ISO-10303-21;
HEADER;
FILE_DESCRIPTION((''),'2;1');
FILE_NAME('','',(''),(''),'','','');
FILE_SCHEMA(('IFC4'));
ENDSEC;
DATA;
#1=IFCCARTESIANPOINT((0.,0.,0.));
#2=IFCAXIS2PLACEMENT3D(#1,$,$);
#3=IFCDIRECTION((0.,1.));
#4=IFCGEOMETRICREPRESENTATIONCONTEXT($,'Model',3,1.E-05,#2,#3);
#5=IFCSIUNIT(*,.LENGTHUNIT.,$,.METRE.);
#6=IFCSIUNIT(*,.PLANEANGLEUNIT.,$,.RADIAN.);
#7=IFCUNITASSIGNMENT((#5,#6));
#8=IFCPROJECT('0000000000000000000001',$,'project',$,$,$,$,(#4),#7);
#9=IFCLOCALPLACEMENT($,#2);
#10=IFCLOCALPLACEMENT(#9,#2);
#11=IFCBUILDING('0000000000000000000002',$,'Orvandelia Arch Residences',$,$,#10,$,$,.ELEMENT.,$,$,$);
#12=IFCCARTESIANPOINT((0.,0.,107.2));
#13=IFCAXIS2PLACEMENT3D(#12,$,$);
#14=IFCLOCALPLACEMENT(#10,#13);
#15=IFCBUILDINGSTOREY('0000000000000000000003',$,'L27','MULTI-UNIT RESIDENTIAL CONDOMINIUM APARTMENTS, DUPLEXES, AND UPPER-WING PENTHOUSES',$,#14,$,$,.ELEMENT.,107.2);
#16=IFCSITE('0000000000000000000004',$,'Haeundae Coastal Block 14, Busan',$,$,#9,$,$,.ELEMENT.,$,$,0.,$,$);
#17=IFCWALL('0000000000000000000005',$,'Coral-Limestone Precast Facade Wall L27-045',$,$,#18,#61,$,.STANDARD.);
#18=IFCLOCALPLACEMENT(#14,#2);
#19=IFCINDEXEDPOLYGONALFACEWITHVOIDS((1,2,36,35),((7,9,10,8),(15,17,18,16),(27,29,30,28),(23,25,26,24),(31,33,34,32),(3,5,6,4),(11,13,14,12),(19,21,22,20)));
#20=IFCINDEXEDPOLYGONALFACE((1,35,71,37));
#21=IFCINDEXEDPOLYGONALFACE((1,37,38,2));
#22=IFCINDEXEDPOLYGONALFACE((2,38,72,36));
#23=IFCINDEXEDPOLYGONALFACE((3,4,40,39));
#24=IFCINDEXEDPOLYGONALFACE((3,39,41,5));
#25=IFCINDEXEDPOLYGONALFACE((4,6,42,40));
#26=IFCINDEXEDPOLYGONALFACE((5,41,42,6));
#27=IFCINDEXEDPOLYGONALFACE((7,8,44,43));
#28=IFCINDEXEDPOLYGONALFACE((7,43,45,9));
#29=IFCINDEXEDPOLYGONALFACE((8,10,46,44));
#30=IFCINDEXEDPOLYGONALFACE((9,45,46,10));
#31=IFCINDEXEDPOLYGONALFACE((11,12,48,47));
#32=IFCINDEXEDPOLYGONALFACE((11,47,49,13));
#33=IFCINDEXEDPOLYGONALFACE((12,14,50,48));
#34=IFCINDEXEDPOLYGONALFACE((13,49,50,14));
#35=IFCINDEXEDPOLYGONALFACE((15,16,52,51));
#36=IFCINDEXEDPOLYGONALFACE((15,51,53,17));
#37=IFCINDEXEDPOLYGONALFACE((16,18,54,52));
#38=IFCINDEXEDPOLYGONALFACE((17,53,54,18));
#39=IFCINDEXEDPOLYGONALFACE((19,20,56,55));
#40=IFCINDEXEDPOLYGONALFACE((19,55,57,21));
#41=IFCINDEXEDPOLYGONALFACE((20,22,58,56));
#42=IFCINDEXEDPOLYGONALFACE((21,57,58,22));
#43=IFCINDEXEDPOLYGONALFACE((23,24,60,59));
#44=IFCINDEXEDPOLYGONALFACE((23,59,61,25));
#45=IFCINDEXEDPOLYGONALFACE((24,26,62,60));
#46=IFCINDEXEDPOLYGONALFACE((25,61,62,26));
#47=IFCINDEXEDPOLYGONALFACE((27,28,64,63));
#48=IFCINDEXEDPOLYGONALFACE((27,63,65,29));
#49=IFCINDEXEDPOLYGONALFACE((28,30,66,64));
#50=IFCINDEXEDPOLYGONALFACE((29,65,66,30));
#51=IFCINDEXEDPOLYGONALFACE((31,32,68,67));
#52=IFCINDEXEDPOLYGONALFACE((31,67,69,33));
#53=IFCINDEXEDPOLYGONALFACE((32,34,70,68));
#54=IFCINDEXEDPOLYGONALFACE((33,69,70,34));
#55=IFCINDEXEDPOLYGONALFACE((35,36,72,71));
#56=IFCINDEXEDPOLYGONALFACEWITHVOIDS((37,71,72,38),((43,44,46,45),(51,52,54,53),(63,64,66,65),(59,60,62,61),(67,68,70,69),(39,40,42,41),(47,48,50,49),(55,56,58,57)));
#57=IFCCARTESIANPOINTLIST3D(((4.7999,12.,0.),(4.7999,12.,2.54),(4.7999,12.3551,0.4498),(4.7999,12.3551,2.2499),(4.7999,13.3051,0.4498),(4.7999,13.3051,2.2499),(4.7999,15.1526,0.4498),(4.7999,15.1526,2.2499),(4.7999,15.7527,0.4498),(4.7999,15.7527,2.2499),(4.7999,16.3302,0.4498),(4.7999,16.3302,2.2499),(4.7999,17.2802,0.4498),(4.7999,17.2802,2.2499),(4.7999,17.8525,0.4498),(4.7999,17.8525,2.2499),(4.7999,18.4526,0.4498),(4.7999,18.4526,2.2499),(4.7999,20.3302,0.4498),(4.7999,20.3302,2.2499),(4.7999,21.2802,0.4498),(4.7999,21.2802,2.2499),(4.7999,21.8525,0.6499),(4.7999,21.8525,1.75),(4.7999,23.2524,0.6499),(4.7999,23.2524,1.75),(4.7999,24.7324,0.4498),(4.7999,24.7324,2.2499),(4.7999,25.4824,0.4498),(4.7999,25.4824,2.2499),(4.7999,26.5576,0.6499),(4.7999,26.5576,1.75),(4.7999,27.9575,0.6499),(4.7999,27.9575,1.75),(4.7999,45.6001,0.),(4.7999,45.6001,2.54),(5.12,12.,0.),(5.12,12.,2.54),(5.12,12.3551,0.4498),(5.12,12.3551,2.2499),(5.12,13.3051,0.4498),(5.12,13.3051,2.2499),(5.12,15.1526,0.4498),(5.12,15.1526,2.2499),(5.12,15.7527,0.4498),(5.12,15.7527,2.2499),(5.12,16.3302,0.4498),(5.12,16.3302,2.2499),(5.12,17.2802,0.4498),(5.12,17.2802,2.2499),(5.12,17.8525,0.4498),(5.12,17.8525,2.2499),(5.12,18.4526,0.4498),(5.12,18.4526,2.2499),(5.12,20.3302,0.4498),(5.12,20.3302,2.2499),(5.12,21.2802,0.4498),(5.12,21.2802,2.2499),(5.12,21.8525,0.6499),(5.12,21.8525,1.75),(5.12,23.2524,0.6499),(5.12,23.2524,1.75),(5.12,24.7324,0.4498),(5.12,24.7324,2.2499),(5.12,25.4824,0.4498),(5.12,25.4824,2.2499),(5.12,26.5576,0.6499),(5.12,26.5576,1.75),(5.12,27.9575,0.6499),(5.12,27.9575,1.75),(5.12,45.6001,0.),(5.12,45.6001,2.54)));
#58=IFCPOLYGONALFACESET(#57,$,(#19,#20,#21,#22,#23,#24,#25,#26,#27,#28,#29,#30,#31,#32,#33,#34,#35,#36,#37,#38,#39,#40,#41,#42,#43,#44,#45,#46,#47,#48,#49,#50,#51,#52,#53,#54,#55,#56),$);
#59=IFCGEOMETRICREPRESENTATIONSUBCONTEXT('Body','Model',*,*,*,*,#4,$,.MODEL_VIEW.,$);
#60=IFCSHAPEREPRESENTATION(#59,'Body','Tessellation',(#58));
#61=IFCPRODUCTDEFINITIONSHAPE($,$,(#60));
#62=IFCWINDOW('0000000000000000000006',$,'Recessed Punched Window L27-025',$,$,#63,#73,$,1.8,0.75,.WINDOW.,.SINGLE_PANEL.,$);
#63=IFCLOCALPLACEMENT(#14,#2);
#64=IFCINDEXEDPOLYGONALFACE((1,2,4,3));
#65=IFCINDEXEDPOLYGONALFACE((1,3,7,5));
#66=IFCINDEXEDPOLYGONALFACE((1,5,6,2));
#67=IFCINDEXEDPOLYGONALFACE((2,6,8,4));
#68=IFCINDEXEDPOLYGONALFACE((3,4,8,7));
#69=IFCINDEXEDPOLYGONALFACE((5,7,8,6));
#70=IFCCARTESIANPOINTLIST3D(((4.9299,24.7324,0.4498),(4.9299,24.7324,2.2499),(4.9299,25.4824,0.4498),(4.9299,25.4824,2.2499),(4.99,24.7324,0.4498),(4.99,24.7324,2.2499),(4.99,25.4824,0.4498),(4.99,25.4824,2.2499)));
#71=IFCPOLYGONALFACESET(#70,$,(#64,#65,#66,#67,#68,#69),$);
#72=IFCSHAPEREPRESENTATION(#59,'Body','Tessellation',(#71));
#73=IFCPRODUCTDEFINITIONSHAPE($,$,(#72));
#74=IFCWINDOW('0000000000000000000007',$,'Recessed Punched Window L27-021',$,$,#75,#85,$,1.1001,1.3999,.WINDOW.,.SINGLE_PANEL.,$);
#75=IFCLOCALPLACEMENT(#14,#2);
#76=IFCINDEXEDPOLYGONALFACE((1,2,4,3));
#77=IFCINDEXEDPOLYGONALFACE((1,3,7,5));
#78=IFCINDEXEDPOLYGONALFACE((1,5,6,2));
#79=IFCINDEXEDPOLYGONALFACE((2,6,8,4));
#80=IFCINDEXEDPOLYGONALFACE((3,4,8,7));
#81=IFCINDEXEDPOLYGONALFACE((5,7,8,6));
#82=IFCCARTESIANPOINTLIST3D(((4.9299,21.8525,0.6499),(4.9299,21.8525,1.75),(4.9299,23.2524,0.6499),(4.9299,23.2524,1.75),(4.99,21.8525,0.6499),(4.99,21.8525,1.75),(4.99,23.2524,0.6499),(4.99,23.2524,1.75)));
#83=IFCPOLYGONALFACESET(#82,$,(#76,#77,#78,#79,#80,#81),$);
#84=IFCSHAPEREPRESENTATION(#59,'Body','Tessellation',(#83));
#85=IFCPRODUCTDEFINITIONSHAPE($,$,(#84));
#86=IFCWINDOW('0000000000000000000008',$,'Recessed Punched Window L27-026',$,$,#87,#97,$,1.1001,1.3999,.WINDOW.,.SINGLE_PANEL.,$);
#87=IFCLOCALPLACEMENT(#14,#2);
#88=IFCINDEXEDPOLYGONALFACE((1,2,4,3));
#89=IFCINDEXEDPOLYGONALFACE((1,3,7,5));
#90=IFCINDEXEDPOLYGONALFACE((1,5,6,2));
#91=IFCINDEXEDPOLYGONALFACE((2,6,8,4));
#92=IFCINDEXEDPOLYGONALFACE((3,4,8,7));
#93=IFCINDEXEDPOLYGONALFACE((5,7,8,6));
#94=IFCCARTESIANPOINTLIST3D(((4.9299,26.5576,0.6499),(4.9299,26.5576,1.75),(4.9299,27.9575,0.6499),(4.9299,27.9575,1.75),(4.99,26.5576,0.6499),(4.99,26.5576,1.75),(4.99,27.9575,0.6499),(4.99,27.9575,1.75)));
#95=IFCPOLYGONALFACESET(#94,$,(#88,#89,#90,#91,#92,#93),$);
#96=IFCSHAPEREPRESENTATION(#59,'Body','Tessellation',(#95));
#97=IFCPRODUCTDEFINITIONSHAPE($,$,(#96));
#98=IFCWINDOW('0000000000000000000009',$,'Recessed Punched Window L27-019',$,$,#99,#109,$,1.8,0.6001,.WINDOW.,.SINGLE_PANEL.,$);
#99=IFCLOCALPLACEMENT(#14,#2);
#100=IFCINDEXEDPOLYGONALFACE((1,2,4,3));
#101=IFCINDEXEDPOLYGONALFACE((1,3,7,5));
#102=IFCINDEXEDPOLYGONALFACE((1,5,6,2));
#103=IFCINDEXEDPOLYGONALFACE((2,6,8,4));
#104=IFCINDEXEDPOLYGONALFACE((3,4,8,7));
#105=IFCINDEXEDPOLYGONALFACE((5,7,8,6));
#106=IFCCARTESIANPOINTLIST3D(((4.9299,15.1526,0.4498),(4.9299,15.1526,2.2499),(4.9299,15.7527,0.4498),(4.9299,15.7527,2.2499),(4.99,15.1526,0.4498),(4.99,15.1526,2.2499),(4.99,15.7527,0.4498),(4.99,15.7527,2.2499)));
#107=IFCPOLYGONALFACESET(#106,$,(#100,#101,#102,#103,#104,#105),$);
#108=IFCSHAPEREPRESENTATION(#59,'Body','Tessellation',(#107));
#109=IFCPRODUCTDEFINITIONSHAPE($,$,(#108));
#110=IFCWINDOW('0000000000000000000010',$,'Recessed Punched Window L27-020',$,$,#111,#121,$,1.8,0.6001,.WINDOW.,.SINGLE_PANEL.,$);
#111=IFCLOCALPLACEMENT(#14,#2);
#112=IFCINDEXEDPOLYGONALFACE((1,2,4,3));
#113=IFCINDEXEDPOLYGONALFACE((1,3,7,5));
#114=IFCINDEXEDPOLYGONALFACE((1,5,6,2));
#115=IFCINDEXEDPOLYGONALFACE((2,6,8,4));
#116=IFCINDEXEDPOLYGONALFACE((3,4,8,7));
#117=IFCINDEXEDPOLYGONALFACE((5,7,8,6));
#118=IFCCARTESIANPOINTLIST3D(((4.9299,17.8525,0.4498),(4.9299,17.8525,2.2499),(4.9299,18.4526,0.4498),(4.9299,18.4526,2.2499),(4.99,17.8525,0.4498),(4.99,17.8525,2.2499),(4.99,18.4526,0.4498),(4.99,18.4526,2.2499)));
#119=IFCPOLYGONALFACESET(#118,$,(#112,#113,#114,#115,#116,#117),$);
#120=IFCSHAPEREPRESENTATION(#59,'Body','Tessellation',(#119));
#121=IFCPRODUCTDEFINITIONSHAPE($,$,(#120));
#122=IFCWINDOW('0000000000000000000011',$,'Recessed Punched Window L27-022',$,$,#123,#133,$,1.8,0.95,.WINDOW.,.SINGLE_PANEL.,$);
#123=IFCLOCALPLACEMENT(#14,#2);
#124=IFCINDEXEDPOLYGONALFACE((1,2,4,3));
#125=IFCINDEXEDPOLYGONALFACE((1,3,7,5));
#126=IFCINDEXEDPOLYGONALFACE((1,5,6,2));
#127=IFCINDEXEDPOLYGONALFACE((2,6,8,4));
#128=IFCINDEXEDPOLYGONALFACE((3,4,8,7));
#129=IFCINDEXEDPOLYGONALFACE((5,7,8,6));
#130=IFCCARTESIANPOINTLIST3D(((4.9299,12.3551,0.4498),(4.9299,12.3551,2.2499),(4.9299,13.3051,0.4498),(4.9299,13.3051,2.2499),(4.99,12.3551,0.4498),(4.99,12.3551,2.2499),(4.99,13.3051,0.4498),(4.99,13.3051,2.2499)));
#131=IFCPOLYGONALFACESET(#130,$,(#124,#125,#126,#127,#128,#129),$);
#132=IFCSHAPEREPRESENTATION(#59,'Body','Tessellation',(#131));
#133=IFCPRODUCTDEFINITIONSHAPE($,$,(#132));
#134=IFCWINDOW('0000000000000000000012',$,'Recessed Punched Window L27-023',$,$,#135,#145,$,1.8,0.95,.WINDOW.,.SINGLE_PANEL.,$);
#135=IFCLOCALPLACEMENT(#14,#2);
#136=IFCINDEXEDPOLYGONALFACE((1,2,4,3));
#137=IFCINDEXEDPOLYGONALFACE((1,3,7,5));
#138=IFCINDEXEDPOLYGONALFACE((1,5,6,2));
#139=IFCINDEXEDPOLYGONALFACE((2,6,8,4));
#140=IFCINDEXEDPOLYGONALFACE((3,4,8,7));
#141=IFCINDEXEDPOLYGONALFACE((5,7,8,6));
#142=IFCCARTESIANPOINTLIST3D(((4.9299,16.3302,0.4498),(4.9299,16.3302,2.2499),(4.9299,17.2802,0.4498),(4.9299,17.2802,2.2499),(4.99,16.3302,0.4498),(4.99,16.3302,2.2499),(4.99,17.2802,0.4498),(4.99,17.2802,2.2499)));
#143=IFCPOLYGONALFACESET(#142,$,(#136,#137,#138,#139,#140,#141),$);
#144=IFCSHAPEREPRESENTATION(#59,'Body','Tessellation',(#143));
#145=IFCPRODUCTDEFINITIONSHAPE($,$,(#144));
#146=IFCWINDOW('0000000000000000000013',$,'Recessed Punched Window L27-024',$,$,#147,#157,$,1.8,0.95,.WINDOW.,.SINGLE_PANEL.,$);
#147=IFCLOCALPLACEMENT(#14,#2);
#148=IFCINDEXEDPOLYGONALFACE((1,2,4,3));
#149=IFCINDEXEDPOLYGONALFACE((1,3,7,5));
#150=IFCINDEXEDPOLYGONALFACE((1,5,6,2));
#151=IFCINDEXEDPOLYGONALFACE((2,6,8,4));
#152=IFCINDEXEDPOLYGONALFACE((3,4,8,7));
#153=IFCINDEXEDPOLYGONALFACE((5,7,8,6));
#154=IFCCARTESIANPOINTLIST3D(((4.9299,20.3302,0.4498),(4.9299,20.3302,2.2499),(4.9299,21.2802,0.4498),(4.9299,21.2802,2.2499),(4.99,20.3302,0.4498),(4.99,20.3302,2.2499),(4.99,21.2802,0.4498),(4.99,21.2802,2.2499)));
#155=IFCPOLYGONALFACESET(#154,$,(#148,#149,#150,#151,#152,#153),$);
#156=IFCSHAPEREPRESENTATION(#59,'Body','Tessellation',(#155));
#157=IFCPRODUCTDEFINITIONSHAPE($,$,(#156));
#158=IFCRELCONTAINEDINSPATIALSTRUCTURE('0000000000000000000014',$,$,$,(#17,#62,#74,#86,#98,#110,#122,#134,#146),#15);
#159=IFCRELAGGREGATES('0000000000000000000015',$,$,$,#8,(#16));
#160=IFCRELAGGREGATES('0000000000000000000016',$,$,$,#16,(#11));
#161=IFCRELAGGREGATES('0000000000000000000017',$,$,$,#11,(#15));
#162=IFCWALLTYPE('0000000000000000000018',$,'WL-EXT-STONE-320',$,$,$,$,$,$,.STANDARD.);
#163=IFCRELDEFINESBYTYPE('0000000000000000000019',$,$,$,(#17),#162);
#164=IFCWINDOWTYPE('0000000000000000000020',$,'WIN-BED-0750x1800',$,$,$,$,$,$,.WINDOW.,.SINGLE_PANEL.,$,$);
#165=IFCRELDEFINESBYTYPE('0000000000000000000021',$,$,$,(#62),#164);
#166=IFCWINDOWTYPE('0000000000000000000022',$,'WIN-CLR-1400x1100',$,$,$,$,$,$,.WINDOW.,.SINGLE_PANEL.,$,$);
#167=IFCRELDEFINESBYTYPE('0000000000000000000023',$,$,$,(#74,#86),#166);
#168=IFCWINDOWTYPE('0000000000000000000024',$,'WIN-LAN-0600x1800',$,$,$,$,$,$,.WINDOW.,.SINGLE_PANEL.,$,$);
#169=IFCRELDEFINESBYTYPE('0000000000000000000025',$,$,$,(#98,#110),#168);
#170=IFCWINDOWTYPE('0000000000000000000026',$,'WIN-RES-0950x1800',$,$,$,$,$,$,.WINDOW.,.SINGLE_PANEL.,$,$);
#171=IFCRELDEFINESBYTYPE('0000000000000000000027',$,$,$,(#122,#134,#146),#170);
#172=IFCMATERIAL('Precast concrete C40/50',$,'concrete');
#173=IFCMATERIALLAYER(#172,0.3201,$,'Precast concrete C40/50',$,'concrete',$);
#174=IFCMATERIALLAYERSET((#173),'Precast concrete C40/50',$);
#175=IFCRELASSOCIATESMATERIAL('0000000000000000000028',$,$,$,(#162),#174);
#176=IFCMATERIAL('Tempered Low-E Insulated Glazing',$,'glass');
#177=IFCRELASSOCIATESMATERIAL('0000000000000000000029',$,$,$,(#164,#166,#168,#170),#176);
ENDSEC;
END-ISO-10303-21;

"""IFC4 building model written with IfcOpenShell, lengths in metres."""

from ifc_helpers import new_model, si_unit, direction, frame, frame_2d, origin, place, context, subcontext, project, spatial, rectangle, extrude, material, layer, layer_set, type_object, element, fill, save


model = new_model("IFC4")

# Units and contexts
model_context = context("Model", 3, precision=1e-05, world=origin(), true_north=direction((0.0, 1.0)))
body_context = subcontext(model_context, "Body", "Model", "MODEL_VIEW")
ifc_project = project(units=[si_unit("LENGTHUNIT", "METRE"), si_unit("PLANEANGLEUNIT", "RADIAN")], contexts=[model_context])

# Site, building, storey
site_placement = place(None, origin())
site = spatial("IfcSite", under=ifc_project, at=site_placement, Name="Haeundae Coastal Block 14, Busan", CompositionType="ELEMENT", RefElevation=0.0)
building_placement = place(site_placement, origin())
building = spatial("IfcBuilding", under=site, at=building_placement, Name="Orvandelia Arch Residences", CompositionType="ELEMENT")
storey_placement = place(building_placement, frame((0.0, 0.0, 107.2)))
storey = spatial("IfcBuildingStorey", under=building, at=storey_placement, Name="L27", Description="MULTI-UNIT RESIDENTIAL CONDOMINIUM APARTMENTS, DUPLEXES, AND UPPER-WING PENTHOUSES", CompositionType="ELEMENT", Elevation=107.2)

# Shared definitions
ifc_material_1 = material(Name="Precast concrete C40/50", Category="concrete")
ifc_layer_1 = layer(ifc_material_1, 0.3201, Name="Precast concrete C40/50", Category="concrete")
ifc_layer_set_1 = layer_set([ifc_layer_1], Name="Precast concrete C40/50")
wall_type_1 = type_object("IfcWallType", Name="WL-EXT-STONE-320", PredefinedType="STANDARD", material=ifc_layer_set_1)

# Wall, openings, windows
wall_1_placement = place(storey_placement, frame((4.96, 12.0, 0.0), z_axis=(0.0, 0.0, 1.0), x_axis=(0.0, 1.0, 0.0)))
wall_1 = element("IfcWall", 1, at=wall_1_placement, inside=storey, type_object=wall_type_1, Name="Coral-Limestone Precast Facade Wall L27-045", PredefinedType="STANDARD", context=body_context, shape_type="SweptSolid", body=[
    extrude(rectangle(XDim=33.6001, YDim=0.3201, at=frame_2d((16.8, 0.0))), origin(), (0.0, 0.0, 1.0), 2.54),
])
opening_1_placement = place(wall_1_placement, frame((3.1526, 0.0, 0.45)))
opening_1 = element("IfcOpeningElement", 2, at=opening_1_placement, cuts=wall_1, PredefinedType="OPENING", context=body_context, shape_type="SweptSolid", body=[
    extrude(rectangle(XDim=0.6001, YDim=1.8, at=frame_2d((0.3, 0.8999))), frame((0.0, 0.1699, 0.0), z_axis=(0.0, -1.0, 0.0), x_axis=(1.0, 0.0, 0.0)), (0.0, 0.0, 1.0), 0.3401),
])
opening_2_placement = place(wall_1_placement, frame((5.8525, 0.0, 0.45)))
opening_2 = element("IfcOpeningElement", 3, at=opening_2_placement, cuts=wall_1, PredefinedType="OPENING", context=body_context, shape_type="SweptSolid", body=[
    extrude(rectangle(XDim=0.6001, YDim=1.8, at=frame_2d((0.3, 0.8999))), frame((0.0, 0.1699, 0.0), z_axis=(0.0, -1.0, 0.0), x_axis=(1.0, 0.0, 0.0)), (0.0, 0.0, 1.0), 0.3401),
])
opening_3_placement = place(wall_1_placement, frame((9.8525, 0.0, 0.6499)))
opening_3 = element("IfcOpeningElement", 4, at=opening_3_placement, cuts=wall_1, PredefinedType="OPENING", context=body_context, shape_type="SweptSolid", body=[
    extrude(rectangle(XDim=1.3999, YDim=1.1001, at=frame_2d((0.7, 0.55))), frame((0.0, 0.1699, 0.0), z_axis=(0.0, -1.0, 0.0), x_axis=(1.0, 0.0, 0.0)), (0.0, 0.0, 1.0), 0.3401),
])
opening_4_placement = place(wall_1_placement, frame((0.355, 0.0, 0.45)))
opening_4 = element("IfcOpeningElement", 5, at=opening_4_placement, cuts=wall_1, PredefinedType="OPENING", context=body_context, shape_type="SweptSolid", body=[
    extrude(rectangle(XDim=0.95, YDim=1.8, at=frame_2d((0.4751, 0.8999))), frame((0.0, 0.1699, 0.0), z_axis=(0.0, -1.0, 0.0), x_axis=(1.0, 0.0, 0.0)), (0.0, 0.0, 1.0), 0.3401),
])
opening_5_placement = place(wall_1_placement, frame((4.3301, 0.0, 0.45)))
opening_5 = element("IfcOpeningElement", 6, at=opening_5_placement, cuts=wall_1, PredefinedType="OPENING", context=body_context, shape_type="SweptSolid", body=[
    extrude(rectangle(XDim=0.95, YDim=1.8, at=frame_2d((0.4751, 0.8999))), frame((0.0, 0.1699, 0.0), z_axis=(0.0, -1.0, 0.0), x_axis=(1.0, 0.0, 0.0)), (0.0, 0.0, 1.0), 0.3401),
])
opening_6_placement = place(wall_1_placement, frame((8.3301, 0.0, 0.45)))
opening_6 = element("IfcOpeningElement", 7, at=opening_6_placement, cuts=wall_1, PredefinedType="OPENING", context=body_context, shape_type="SweptSolid", body=[
    extrude(rectangle(XDim=0.95, YDim=1.8, at=frame_2d((0.4751, 0.8999))), frame((0.0, 0.1699, 0.0), z_axis=(0.0, -1.0, 0.0), x_axis=(1.0, 0.0, 0.0)), (0.0, 0.0, 1.0), 0.3401),
])
opening_7_placement = place(wall_1_placement, frame((12.7324, 0.0, 0.45)))
opening_7 = element("IfcOpeningElement", 8, at=opening_7_placement, cuts=wall_1, PredefinedType="OPENING", context=body_context, shape_type="SweptSolid", body=[
    extrude(rectangle(XDim=0.75, YDim=1.8, at=frame_2d((0.375, 0.8999))), frame((0.0, 0.1699, 0.0), z_axis=(0.0, -1.0, 0.0), x_axis=(1.0, 0.0, 0.0)), (0.0, 0.0, 1.0), 0.3401),
])
opening_8_placement = place(wall_1_placement, frame((14.5576, 0.0, 0.6499)))
opening_8 = element("IfcOpeningElement", 9, at=opening_8_placement, cuts=wall_1, PredefinedType="OPENING", context=body_context, shape_type="SweptSolid", body=[
    extrude(rectangle(XDim=1.3999, YDim=1.1001, at=frame_2d((0.7, 0.55))), frame((0.0, 0.1699, 0.0), z_axis=(0.0, -1.0, 0.0), x_axis=(1.0, 0.0, 0.0)), (0.0, 0.0, 1.0), 0.3401),
])
ifc_material_2 = material(Name="Tempered Low-E Insulated Glazing", Category="glass")
window_type_1 = type_object("IfcWindowType", Name="WIN-BED-0750x1800", PartitioningType="SINGLE_PANEL", PredefinedType="WINDOW", material=ifc_material_2)
window_1_placement = place(opening_7_placement, origin())
window_1 = element("IfcWindow", 10, at=window_1_placement, inside=storey, type_object=window_type_1, Name="Recessed Punched Window L27-025", OverallHeight=1.8, OverallWidth=0.75, PartitioningType="SINGLE_PANEL", PredefinedType="WINDOW", context=body_context, shape_type="SweptSolid", body=[
    extrude(rectangle(XDim=0.75, YDim=1.8, at=frame_2d((0.375, 0.8999))), frame((0.0, 0.03, 0.0), z_axis=(0.0, -1.0, 0.0), x_axis=(1.0, 0.0, 0.0)), (0.0, 0.0, 1.0), 0.0601),
])
fill(opening_7, window_1)
window_type_2 = type_object("IfcWindowType", Name="WIN-CLR-1400x1100", PartitioningType="SINGLE_PANEL", PredefinedType="WINDOW", material=ifc_material_2)
window_2_placement = place(opening_3_placement, origin())
window_2 = element("IfcWindow", 11, at=window_2_placement, inside=storey, type_object=window_type_2, Name="Recessed Punched Window L27-021", OverallHeight=1.1001, OverallWidth=1.3999, PartitioningType="SINGLE_PANEL", PredefinedType="WINDOW", context=body_context, shape_type="SweptSolid", body=[
    extrude(rectangle(XDim=1.3999, YDim=1.1001, at=frame_2d((0.7, 0.55))), frame((0.0, 0.03, 0.0), z_axis=(0.0, -1.0, 0.0), x_axis=(1.0, 0.0, 0.0)), (0.0, 0.0, 1.0), 0.0601),
])
fill(opening_3, window_2)
window_3_placement = place(opening_8_placement, origin())
window_3 = element("IfcWindow", 12, at=window_3_placement, inside=storey, type_object=window_type_2, Name="Recessed Punched Window L27-026", OverallHeight=1.1001, OverallWidth=1.3999, PartitioningType="SINGLE_PANEL", PredefinedType="WINDOW", context=body_context, shape_type="SweptSolid", body=[
    extrude(rectangle(XDim=1.3999, YDim=1.1001, at=frame_2d((0.7, 0.55))), frame((0.0, 0.03, 0.0), z_axis=(0.0, -1.0, 0.0), x_axis=(1.0, 0.0, 0.0)), (0.0, 0.0, 1.0), 0.0601),
])
fill(opening_8, window_3)
window_type_3 = type_object("IfcWindowType", Name="WIN-LAN-0600x1800", PartitioningType="SINGLE_PANEL", PredefinedType="WINDOW", material=ifc_material_2)
window_4_placement = place(opening_1_placement, origin())
window_4 = element("IfcWindow", 13, at=window_4_placement, inside=storey, type_object=window_type_3, Name="Recessed Punched Window L27-019", OverallHeight=1.8, OverallWidth=0.6001, PartitioningType="SINGLE_PANEL", PredefinedType="WINDOW", context=body_context, shape_type="SweptSolid", body=[
    extrude(rectangle(XDim=0.6001, YDim=1.8, at=frame_2d((0.3, 0.8999))), frame((0.0, 0.03, 0.0), z_axis=(0.0, -1.0, 0.0), x_axis=(1.0, 0.0, 0.0)), (0.0, 0.0, 1.0), 0.0601),
])
fill(opening_1, window_4)
window_5_placement = place(opening_2_placement, origin())
window_5 = element("IfcWindow", 14, at=window_5_placement, inside=storey, type_object=window_type_3, Name="Recessed Punched Window L27-020", OverallHeight=1.8, OverallWidth=0.6001, PartitioningType="SINGLE_PANEL", PredefinedType="WINDOW", context=body_context, shape_type="SweptSolid", body=[
    extrude(rectangle(XDim=0.6001, YDim=1.8, at=frame_2d((0.3, 0.8999))), frame((0.0, 0.03, 0.0), z_axis=(0.0, -1.0, 0.0), x_axis=(1.0, 0.0, 0.0)), (0.0, 0.0, 1.0), 0.0601),
])
fill(opening_2, window_5)
window_type_4 = type_object("IfcWindowType", Name="WIN-RES-0950x1800", PartitioningType="SINGLE_PANEL", PredefinedType="WINDOW", material=ifc_material_2)
window_6_placement = place(opening_4_placement, origin())
window_6 = element("IfcWindow", 15, at=window_6_placement, inside=storey, type_object=window_type_4, Name="Recessed Punched Window L27-022", OverallHeight=1.8, OverallWidth=0.95, PartitioningType="SINGLE_PANEL", PredefinedType="WINDOW", context=body_context, shape_type="SweptSolid", body=[
    extrude(rectangle(XDim=0.95, YDim=1.8, at=frame_2d((0.4751, 0.8999))), frame((0.0, 0.03, 0.0), z_axis=(0.0, -1.0, 0.0), x_axis=(1.0, 0.0, 0.0)), (0.0, 0.0, 1.0), 0.0601),
])
fill(opening_4, window_6)
window_7_placement = place(opening_5_placement, origin())
window_7 = element("IfcWindow", 16, at=window_7_placement, inside=storey, type_object=window_type_4, Name="Recessed Punched Window L27-023", OverallHeight=1.8, OverallWidth=0.95, PartitioningType="SINGLE_PANEL", PredefinedType="WINDOW", context=body_context, shape_type="SweptSolid", body=[
    extrude(rectangle(XDim=0.95, YDim=1.8, at=frame_2d((0.4751, 0.8999))), frame((0.0, 0.03, 0.0), z_axis=(0.0, -1.0, 0.0), x_axis=(1.0, 0.0, 0.0)), (0.0, 0.0, 1.0), 0.0601),
])
fill(opening_5, window_7)
window_8_placement = place(opening_6_placement, origin())
window_8 = element("IfcWindow", 17, at=window_8_placement, inside=storey, type_object=window_type_4, Name="Recessed Punched Window L27-024", OverallHeight=1.8, OverallWidth=0.95, PartitioningType="SINGLE_PANEL", PredefinedType="WINDOW", context=body_context, shape_type="SweptSolid", body=[
    extrude(rectangle(XDim=0.95, YDim=1.8, at=frame_2d((0.4751, 0.8999))), frame((0.0, 0.03, 0.0), z_axis=(0.0, -1.0, 0.0), x_axis=(1.0, 0.0, 0.0)), (0.0, 0.0, 1.0), 0.0601),
])
fill(opening_6, window_8)

save(model, "model.ifc")
